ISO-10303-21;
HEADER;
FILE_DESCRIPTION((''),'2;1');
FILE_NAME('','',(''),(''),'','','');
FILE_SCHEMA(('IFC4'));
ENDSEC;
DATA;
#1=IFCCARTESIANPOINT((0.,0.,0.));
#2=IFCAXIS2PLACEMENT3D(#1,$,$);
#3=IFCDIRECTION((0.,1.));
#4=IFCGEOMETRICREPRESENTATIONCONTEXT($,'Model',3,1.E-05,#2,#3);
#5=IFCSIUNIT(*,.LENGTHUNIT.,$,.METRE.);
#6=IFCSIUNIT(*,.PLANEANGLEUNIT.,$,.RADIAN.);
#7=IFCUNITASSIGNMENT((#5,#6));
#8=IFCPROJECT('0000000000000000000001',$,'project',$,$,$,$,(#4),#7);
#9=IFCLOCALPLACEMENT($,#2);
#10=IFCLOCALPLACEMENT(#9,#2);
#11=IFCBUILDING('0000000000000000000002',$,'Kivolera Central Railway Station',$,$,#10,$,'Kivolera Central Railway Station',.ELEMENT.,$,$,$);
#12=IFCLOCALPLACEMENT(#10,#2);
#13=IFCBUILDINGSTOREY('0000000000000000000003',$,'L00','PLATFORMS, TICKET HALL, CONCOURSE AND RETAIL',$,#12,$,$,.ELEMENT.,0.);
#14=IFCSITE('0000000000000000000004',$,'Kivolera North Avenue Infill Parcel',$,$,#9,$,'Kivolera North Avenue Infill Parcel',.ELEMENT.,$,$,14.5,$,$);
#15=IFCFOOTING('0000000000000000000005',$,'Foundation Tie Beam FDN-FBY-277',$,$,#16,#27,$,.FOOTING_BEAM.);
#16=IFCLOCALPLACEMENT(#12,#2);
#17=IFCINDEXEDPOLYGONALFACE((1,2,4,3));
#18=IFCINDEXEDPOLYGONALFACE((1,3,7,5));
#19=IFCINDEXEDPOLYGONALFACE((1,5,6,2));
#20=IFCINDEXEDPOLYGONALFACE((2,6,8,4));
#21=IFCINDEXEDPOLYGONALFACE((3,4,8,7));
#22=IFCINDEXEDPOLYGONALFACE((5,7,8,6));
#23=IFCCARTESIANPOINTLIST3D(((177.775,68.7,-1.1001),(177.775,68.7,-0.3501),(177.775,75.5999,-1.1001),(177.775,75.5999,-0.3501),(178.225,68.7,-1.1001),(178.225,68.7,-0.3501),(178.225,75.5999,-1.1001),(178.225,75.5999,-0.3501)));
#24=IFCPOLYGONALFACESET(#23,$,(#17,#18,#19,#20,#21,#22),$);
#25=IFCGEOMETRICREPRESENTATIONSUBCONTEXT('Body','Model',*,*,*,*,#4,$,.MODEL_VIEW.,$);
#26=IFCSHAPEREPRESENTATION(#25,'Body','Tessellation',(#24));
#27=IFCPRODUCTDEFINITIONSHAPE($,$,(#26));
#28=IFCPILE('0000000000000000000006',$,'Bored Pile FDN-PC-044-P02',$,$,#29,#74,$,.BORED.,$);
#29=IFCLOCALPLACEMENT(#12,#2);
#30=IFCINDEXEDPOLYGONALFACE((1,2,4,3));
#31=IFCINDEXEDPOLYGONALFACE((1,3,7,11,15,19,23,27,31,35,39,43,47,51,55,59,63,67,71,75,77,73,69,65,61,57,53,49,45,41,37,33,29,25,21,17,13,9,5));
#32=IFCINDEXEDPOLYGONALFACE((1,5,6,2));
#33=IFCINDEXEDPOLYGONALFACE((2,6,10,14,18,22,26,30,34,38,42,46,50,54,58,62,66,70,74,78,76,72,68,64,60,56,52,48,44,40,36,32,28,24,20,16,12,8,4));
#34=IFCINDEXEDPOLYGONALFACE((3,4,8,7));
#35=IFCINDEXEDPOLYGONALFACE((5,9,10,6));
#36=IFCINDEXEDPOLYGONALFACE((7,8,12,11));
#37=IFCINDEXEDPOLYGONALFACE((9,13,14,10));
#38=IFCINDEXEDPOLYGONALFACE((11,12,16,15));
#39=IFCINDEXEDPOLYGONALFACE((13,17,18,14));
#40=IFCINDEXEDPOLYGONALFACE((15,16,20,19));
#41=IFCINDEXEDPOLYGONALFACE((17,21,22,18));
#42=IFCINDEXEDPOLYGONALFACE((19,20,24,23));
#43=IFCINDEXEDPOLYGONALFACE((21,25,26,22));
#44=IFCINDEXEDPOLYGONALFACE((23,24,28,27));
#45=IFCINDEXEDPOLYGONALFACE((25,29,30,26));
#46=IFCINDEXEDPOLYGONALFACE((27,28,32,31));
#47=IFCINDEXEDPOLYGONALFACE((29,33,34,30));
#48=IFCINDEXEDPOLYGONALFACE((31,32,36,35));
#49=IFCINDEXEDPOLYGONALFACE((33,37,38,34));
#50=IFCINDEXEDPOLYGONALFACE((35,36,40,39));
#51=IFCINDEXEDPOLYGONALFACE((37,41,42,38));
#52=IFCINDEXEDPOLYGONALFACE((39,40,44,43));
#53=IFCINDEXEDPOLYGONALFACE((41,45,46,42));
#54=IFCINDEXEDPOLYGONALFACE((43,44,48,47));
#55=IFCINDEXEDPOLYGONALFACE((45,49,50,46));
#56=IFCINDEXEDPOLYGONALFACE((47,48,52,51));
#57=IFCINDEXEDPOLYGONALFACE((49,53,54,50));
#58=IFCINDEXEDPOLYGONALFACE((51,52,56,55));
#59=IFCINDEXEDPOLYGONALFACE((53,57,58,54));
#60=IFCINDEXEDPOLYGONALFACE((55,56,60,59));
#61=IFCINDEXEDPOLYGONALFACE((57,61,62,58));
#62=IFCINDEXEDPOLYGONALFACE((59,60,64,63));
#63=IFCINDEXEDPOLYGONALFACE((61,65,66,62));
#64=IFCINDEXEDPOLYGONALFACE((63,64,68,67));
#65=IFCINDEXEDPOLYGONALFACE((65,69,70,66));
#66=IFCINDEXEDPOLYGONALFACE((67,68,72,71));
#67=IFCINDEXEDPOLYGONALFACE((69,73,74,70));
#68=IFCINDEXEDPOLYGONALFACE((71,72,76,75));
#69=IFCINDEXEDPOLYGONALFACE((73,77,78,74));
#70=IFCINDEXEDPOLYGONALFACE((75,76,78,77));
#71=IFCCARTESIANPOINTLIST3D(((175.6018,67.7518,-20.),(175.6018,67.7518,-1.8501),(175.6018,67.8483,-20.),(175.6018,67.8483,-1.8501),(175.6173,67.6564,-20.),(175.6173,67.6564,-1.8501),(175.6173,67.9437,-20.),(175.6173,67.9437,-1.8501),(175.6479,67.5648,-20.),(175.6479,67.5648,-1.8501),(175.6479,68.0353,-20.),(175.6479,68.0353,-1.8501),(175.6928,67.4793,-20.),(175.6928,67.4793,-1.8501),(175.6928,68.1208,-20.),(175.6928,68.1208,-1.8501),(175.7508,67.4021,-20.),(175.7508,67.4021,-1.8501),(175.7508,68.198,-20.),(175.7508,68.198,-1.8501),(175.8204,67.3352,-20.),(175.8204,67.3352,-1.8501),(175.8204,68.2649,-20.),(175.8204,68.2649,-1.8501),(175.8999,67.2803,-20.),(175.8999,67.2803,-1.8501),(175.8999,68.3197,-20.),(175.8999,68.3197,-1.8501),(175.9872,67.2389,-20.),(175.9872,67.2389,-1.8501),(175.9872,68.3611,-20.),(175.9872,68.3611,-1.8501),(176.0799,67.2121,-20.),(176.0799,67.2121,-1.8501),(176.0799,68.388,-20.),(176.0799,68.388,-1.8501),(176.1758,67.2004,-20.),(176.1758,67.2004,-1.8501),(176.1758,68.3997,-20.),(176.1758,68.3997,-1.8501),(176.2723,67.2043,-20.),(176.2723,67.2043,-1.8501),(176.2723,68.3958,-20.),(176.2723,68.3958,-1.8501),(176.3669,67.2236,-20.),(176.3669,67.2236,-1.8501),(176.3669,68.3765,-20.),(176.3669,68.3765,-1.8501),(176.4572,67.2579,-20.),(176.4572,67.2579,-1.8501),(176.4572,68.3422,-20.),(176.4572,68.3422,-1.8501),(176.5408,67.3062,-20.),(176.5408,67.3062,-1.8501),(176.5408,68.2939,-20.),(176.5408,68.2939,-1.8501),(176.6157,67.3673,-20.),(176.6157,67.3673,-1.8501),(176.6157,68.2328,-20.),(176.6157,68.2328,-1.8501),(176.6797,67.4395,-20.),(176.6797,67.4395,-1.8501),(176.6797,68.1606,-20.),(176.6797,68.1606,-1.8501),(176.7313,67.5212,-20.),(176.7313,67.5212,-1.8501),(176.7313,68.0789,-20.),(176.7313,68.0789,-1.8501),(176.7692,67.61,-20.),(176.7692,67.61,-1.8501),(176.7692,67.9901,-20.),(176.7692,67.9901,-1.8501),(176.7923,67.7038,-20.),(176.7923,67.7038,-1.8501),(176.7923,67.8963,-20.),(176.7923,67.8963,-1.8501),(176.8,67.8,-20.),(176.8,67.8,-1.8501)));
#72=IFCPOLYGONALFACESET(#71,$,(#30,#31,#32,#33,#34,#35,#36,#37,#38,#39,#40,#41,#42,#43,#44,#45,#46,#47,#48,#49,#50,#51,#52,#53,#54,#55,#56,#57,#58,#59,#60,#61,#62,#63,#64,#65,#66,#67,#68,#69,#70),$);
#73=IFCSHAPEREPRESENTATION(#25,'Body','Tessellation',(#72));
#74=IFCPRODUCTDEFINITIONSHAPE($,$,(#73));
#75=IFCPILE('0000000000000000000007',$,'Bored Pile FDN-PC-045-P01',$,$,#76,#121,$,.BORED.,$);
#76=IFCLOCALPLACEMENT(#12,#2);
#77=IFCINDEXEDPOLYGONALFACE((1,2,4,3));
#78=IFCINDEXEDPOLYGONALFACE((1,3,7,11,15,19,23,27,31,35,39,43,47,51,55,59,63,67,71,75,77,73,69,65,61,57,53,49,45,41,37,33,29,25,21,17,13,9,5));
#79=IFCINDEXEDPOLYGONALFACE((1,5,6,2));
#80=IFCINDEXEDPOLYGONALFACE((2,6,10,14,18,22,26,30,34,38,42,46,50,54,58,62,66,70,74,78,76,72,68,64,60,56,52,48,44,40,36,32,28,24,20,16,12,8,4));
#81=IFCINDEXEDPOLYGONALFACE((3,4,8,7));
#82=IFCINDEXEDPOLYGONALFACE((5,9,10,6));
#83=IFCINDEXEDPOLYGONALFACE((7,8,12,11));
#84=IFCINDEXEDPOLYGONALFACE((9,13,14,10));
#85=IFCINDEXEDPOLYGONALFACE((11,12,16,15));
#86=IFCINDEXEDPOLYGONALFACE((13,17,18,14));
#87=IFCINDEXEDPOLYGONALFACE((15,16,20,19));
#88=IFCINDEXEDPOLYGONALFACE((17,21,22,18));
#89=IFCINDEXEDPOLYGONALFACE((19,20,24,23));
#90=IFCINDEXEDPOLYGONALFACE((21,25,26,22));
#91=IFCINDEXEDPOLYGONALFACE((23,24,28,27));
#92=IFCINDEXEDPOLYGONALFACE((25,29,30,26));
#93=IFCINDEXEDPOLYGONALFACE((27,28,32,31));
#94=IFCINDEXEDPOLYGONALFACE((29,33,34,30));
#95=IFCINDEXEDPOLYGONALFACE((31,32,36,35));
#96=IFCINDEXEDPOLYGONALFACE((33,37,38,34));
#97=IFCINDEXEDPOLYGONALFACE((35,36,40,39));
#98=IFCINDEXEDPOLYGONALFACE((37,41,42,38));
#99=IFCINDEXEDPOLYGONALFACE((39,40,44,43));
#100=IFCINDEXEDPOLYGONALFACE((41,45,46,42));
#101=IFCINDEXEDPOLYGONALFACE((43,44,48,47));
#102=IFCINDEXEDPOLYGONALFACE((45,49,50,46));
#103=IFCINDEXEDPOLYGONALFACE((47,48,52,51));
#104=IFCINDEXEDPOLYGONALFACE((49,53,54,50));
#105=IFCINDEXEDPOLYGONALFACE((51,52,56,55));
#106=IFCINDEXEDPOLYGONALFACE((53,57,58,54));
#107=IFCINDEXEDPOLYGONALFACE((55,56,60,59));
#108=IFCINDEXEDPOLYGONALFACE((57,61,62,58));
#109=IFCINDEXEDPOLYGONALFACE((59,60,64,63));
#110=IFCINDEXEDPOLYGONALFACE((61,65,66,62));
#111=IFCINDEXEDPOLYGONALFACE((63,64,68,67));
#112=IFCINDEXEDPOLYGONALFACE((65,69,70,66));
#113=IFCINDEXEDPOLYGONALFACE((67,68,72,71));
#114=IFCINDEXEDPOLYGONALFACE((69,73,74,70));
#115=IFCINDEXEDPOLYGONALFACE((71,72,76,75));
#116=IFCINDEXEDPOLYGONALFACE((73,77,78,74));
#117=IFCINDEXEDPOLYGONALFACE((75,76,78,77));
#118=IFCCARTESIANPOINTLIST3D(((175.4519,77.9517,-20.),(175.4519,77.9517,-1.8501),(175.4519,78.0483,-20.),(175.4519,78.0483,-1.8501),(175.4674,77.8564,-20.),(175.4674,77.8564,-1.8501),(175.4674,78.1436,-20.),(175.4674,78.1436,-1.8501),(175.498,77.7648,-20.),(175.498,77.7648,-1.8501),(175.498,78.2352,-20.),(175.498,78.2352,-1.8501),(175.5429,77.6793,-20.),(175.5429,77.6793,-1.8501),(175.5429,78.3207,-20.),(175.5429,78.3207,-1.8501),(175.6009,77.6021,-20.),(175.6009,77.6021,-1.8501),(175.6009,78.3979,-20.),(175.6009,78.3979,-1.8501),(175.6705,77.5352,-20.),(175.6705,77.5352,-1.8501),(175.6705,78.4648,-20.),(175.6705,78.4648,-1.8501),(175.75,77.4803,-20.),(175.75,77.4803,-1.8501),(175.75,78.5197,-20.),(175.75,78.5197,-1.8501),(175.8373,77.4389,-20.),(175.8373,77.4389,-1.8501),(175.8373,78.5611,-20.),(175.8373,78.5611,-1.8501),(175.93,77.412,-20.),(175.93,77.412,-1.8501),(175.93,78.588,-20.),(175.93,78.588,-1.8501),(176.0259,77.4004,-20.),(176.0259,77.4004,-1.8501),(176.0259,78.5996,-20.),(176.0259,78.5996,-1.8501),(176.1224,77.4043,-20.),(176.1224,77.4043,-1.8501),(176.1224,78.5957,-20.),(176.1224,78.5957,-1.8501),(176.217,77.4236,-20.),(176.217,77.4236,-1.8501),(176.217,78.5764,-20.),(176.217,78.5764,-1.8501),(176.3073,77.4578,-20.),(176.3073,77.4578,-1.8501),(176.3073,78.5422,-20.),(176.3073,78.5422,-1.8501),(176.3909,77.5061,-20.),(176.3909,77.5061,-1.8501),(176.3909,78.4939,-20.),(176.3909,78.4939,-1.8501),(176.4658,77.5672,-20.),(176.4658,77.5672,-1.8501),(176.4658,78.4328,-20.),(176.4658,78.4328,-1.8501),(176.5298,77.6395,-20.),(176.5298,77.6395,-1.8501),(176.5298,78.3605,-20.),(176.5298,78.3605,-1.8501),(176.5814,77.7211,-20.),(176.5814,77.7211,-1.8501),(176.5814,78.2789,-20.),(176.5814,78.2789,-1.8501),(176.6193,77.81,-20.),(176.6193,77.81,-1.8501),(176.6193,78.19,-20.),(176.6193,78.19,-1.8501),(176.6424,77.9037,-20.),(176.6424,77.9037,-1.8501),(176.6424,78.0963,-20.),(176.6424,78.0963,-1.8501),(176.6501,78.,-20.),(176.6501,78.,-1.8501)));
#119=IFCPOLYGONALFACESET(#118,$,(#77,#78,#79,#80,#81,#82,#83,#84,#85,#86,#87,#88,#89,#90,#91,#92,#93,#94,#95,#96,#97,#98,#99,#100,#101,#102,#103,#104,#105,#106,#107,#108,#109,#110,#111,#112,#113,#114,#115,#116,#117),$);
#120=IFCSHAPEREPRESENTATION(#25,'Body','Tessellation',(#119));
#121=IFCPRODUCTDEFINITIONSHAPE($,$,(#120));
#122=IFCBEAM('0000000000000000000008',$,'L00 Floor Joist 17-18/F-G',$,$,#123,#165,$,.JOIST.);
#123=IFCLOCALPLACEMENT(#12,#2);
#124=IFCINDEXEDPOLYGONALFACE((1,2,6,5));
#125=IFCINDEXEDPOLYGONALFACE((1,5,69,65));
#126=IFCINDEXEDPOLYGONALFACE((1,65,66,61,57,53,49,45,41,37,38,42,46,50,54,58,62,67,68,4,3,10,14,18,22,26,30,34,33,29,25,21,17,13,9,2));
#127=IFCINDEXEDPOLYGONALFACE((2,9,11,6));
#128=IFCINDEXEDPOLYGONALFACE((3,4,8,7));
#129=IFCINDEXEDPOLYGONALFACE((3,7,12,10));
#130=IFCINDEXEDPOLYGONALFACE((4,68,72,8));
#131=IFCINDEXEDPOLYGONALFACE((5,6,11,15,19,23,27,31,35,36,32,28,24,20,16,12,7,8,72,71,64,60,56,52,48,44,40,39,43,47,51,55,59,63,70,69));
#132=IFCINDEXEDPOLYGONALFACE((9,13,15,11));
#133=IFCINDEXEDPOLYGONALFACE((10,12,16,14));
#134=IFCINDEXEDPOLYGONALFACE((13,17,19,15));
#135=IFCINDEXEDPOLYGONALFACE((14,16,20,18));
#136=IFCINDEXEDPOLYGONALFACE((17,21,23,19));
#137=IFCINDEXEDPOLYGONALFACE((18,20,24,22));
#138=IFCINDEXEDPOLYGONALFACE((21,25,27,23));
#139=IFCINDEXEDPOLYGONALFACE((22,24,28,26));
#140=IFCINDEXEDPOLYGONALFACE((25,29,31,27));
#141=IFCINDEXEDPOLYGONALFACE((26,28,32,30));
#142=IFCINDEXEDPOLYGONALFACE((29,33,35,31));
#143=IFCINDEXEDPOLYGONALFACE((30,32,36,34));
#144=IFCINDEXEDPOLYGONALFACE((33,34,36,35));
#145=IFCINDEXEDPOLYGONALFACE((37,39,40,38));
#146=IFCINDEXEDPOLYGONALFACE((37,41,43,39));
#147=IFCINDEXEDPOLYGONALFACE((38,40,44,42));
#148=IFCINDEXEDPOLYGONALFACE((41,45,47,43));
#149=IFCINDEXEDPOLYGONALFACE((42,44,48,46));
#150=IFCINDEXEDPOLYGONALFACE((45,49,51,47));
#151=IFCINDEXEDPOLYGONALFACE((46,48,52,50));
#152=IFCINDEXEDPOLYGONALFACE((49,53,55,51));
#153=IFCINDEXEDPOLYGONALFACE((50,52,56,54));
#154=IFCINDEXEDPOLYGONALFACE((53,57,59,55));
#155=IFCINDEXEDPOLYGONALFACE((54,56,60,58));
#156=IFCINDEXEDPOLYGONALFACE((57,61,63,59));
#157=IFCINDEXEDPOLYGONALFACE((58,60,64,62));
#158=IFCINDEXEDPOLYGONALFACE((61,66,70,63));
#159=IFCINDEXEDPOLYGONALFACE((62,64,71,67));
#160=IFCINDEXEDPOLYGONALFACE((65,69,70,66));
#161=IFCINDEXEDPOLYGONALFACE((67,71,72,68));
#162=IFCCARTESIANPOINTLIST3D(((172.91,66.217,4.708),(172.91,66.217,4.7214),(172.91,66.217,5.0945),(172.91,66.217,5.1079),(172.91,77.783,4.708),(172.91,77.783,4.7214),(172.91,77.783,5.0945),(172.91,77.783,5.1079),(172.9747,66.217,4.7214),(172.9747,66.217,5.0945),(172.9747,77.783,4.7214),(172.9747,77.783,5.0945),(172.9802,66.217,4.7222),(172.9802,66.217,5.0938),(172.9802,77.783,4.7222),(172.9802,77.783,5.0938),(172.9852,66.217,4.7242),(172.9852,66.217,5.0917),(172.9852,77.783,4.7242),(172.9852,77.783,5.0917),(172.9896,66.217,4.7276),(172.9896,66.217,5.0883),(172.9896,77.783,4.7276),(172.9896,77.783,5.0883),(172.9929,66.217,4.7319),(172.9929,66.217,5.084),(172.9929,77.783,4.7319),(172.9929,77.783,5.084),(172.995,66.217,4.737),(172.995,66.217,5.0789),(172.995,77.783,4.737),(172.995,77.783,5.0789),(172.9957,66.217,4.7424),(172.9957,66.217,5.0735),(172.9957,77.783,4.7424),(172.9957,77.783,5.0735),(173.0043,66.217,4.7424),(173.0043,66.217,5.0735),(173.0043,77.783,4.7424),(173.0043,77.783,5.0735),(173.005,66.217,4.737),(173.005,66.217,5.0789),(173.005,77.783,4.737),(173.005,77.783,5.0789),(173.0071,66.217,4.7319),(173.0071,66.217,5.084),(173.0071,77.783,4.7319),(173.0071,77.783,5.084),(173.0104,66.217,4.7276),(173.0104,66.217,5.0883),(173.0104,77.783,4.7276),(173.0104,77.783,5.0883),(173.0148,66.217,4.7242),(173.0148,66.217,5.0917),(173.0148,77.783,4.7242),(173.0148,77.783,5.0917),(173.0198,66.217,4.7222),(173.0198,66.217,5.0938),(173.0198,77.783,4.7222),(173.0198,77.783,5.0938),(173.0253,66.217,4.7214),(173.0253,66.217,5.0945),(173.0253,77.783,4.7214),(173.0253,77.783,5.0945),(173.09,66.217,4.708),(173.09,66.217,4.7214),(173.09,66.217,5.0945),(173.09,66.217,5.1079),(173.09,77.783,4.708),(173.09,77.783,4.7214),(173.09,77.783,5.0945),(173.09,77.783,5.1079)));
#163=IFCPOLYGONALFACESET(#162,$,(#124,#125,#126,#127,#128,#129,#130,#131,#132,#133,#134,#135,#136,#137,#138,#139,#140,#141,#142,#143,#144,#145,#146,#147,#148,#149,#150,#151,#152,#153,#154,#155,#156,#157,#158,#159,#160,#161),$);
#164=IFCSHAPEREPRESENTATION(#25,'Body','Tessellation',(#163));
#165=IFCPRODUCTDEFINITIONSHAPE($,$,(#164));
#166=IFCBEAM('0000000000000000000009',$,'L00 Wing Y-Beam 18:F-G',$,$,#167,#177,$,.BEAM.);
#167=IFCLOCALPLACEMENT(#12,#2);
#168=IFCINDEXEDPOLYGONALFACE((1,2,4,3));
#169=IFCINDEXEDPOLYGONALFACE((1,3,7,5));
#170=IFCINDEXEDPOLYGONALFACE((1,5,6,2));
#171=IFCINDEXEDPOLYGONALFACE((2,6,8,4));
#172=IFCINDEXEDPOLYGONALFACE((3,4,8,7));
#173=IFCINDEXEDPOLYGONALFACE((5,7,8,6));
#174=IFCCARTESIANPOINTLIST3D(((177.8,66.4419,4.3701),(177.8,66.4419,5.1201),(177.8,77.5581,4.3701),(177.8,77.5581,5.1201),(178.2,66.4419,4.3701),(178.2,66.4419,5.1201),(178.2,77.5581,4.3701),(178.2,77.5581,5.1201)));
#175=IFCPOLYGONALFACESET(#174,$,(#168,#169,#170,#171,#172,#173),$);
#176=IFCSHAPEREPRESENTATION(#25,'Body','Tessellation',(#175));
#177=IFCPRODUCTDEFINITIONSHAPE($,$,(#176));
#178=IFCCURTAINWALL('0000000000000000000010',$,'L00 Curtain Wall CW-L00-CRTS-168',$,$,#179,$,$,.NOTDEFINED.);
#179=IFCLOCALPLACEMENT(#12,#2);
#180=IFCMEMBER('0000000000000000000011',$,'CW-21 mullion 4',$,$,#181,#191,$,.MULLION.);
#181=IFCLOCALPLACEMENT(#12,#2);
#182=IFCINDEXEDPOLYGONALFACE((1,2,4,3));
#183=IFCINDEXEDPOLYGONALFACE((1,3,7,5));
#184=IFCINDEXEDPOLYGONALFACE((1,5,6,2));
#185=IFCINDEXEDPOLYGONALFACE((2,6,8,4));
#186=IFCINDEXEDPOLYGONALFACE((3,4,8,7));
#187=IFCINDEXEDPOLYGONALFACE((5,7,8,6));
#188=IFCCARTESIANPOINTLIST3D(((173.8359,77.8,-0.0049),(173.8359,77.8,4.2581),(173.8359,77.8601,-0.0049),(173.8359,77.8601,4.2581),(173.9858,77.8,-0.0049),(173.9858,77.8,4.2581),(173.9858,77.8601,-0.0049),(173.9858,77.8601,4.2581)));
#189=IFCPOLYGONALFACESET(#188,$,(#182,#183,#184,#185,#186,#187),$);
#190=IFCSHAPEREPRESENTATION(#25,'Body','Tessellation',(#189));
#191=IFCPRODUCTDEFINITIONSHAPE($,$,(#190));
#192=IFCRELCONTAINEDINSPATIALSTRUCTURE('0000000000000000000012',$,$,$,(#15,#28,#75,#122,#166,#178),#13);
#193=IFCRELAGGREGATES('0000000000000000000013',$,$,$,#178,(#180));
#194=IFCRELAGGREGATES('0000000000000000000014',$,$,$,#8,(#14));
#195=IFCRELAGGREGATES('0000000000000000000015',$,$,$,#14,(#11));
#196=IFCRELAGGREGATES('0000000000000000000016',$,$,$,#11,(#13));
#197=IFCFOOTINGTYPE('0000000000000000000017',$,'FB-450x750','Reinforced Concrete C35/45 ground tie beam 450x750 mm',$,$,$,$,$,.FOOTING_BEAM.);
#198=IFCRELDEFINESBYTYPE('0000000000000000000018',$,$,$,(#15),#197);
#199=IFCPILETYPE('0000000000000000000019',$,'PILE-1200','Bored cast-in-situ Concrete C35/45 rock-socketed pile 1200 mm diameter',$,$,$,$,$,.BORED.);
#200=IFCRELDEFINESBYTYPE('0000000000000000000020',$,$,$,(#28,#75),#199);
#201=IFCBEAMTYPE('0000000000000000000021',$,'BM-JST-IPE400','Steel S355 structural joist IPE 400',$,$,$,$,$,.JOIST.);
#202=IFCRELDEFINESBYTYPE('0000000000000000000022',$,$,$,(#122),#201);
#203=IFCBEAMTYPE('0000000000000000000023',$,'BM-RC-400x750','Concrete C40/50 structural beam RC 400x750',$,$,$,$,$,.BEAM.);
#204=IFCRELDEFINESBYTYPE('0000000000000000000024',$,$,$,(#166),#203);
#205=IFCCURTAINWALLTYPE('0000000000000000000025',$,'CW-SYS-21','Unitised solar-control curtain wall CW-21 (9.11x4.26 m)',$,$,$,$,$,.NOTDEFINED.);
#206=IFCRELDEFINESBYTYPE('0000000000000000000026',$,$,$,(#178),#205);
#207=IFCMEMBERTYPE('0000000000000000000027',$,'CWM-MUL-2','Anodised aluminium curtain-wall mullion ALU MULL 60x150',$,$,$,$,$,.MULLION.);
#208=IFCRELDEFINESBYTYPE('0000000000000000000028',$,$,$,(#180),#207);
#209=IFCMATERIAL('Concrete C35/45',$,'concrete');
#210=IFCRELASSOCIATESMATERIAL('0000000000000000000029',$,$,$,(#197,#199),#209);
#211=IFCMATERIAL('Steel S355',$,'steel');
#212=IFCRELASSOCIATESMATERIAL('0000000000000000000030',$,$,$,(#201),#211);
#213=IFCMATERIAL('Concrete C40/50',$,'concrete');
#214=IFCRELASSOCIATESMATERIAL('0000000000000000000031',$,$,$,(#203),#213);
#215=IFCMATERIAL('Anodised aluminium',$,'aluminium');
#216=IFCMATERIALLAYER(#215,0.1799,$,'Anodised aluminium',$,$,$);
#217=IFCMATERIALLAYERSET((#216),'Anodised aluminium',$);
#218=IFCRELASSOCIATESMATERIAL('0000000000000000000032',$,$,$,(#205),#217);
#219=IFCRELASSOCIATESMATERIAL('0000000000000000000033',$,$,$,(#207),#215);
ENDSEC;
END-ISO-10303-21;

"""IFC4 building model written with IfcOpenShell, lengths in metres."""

from ifc_helpers import new_model, si_unit, direction, frame, origin, origin_2d, place, context, subcontext, project, spatial, rectangle, circle, i_section, extrude, material, layer, layer_set, material_profile, profile_set, type_object, element, aggregate, save


model = new_model("IFC4")

# Units and contexts
model_context = context("Model", 3, precision=1e-05, world=origin(), true_north=direction((0.0, 1.0)))
body_context = subcontext(model_context, "Body", "Model", "MODEL_VIEW")
ifc_project = project(units=[si_unit("LENGTHUNIT", "METRE"), si_unit("PLANEANGLEUNIT", "RADIAN")], contexts=[model_context])

# Site, building, storey
site_placement = place(None, origin())
site = spatial("IfcSite", under=ifc_project, at=site_placement, Name="Kivolera North Avenue Infill Parcel", LongName="Kivolera North Avenue Infill Parcel", CompositionType="ELEMENT", RefElevation=14.5)
building_placement = place(site_placement, origin())
building = spatial("IfcBuilding", under=site, at=building_placement, Name="Kivolera Central Railway Station", LongName="Kivolera Central Railway Station", CompositionType="ELEMENT")
storey_placement = place(building_placement, origin())
storey = spatial("IfcBuildingStorey", under=building, at=storey_placement, Name="L00", Description="PLATFORMS, TICKET HALL, CONCOURSE AND RETAIL", CompositionType="ELEMENT", Elevation=0.0)

# Footing
ifc_material_1 = material(Name="Concrete C35/45", Category="concrete")
footing_type = type_object("IfcFootingType", Name="FB-450x750", Description="Reinforced Concrete C35/45 ground tie beam 450x750 mm", PredefinedType="FOOTING_BEAM", material=ifc_material_1)
footing_placement = place(storey_placement, frame((178.0, 72.1499, -1.1001), z_axis=(0.0, 0.0, 1.0), x_axis=(1.0, 0.0, 0.0)))
element("IfcFooting", 1, at=footing_placement, inside=storey, type_object=footing_type, Name="Foundation Tie Beam FDN-FBY-277", PredefinedType="FOOTING_BEAM", context=body_context, shape_type="SweptSolid", body=[
    extrude(rectangle(XDim=0.45, YDim=6.8999, at=origin_2d()), origin(), (0.0, 0.0, 1.0), 0.75),
])

# Piles
ifc_material_profile_1 = material_profile(ifc_material_1, circle(Radius=0.6001, at=origin_2d()), Name="PILE D1200")
ifc_profile_set_1 = profile_set([ifc_material_profile_1], Name="Concrete C35/45")
pile_type = type_object("IfcPileType", Name="PILE-1200", Description="Bored cast-in-situ Concrete C35/45 rock-socketed pile 1200 mm diameter", PredefinedType="BORED", material=ifc_profile_set_1)
for number, where, z_axis, x_axis, name in (
    (2, (176.2, 67.8, -1.8501), (0.0, 0.0, -1.0), (1.0, 0.0, 0.0), "Bored Pile FDN-PC-044-P02"),
    (3, (176.05, 78.0, -1.8501), (0.0, 0.0, -1.0), (1.0, 0.0, 0.0), "Bored Pile FDN-PC-045-P01"),
):
    element("IfcPile", number, at=place(storey_placement, frame(where, z_axis=z_axis, x_axis=x_axis)), inside=storey, type_object=pile_type, Name=name, PredefinedType="BORED", context=body_context, shape_type="SweptSolid", body=[
        extrude(circle(Radius=0.6001, at=origin_2d()), origin(), (0.0, 0.0, 1.0), 18.1499),
    ])

# Beams
ifc_material_2 = material(Name="Steel S355", Category="steel")
ifc_material_profile_2 = material_profile(ifc_material_2, i_section(OverallWidth=0.1799, OverallDepth=0.3999, WebThickness=0.0085, FlangeThickness=0.0134, FilletRadius=0.021, at=origin_2d()), Name="IPE 400")
ifc_profile_set_2 = profile_set([ifc_material_profile_2], Name="Steel S355")
beam_type_1 = type_object("IfcBeamType", Name="BM-JST-IPE400", Description="Steel S355 structural joist IPE 400", PredefinedType="JOIST", material=ifc_profile_set_2)
beam_1_placement = place(storey_placement, frame((173.0, 66.217, 4.908), z_axis=(0.0, 1.0, 0.0), x_axis=(-1.0, 0.0, 0.0)))
element("IfcBeam", 4, at=beam_1_placement, inside=storey, type_object=beam_type_1, Name="L00 Floor Joist 17-18/F-G", PredefinedType="JOIST", context=body_context, shape_type="SweptSolid", body=[
    extrude(i_section(OverallWidth=0.1799, OverallDepth=0.3999, WebThickness=0.0085, FlangeThickness=0.0134, FilletRadius=0.021, at=origin_2d()), origin(), (0.0, 0.0, 1.0), 11.5659),
])
ifc_material_3 = material(Name="Concrete C40/50", Category="concrete")
ifc_material_profile_3 = material_profile(ifc_material_3, rectangle(XDim=0.3999, YDim=0.75, at=origin_2d()), Name="RC 400x750")
ifc_profile_set_3 = profile_set([ifc_material_profile_3], Name="Concrete C40/50")
beam_type_2 = type_object("IfcBeamType", Name="BM-RC-400x750", Description="Concrete C40/50 structural beam RC 400x750", PredefinedType="BEAM", material=ifc_profile_set_3)
beam_2_placement = place(storey_placement, frame((178.0, 66.4419, 4.7451), z_axis=(0.0, 1.0, 0.0), x_axis=(-1.0, 0.0, 0.0)))
element("IfcBeam", 5, at=beam_2_placement, inside=storey, type_object=beam_type_2, Name="L00 Wing Y-Beam 18:F-G", PredefinedType="BEAM", context=body_context, shape_type="SweptSolid", body=[
    extrude(rectangle(XDim=0.3999, YDim=0.75, at=origin_2d()), origin(), (0.0, 0.0, 1.0), 11.1162),
])

# Curtain wall, member
ifc_material_4 = material(Name="Anodised aluminium", Category="aluminium")
ifc_layer_1 = layer(ifc_material_4, 0.1799, Name="Anodised aluminium")
ifc_layer_set_1 = layer_set([ifc_layer_1], Name="Anodised aluminium")
curtain_wall_type = type_object("IfcCurtainWallType", Name="CW-SYS-21", Description="Unitised solar-control curtain wall CW-21 (9.11x4.26 m)", PredefinedType="NOTDEFINED", material=ifc_layer_set_1)
curtain_wall_placement = place(storey_placement, origin())
curtain_wall = element("IfcCurtainWall", 6, at=curtain_wall_placement, inside=storey, type_object=curtain_wall_type, Name="L00 Curtain Wall CW-L00-CRTS-168", PredefinedType="NOTDEFINED")
ifc_material_profile_4 = material_profile(ifc_material_4, rectangle(XDim=0.0601, YDim=0.1499, at=origin_2d()), Name="ALU MULL 60x150")
ifc_profile_set_4 = profile_set([ifc_material_profile_4], Name="Anodised aluminium")
member_type_1 = type_object("IfcMemberType", Name="CWM-MUL-2", Description="Anodised aluminium curtain-wall mullion ALU MULL 60x150", PredefinedType="MULLION", material=ifc_profile_set_4)
member_1_placement = place(storey_placement, frame((173.9109, 77.8301, -0.0049), z_axis=(0.0, 0.0, 1.0), x_axis=(0.0, 1.0, 0.0)))
member_1 = element("IfcMember", 7, at=member_1_placement, type_object=member_type_1, Name="CW-21 mullion 4", PredefinedType="MULLION", context=body_context, shape_type="SweptSolid", body=[
    extrude(rectangle(XDim=0.0601, YDim=0.1499, at=origin_2d()), origin(), (0.0, 0.0, 1.0), 4.2629),
])
aggregate(curtain_wall, [member_1])

save(model, "model.ifc")
